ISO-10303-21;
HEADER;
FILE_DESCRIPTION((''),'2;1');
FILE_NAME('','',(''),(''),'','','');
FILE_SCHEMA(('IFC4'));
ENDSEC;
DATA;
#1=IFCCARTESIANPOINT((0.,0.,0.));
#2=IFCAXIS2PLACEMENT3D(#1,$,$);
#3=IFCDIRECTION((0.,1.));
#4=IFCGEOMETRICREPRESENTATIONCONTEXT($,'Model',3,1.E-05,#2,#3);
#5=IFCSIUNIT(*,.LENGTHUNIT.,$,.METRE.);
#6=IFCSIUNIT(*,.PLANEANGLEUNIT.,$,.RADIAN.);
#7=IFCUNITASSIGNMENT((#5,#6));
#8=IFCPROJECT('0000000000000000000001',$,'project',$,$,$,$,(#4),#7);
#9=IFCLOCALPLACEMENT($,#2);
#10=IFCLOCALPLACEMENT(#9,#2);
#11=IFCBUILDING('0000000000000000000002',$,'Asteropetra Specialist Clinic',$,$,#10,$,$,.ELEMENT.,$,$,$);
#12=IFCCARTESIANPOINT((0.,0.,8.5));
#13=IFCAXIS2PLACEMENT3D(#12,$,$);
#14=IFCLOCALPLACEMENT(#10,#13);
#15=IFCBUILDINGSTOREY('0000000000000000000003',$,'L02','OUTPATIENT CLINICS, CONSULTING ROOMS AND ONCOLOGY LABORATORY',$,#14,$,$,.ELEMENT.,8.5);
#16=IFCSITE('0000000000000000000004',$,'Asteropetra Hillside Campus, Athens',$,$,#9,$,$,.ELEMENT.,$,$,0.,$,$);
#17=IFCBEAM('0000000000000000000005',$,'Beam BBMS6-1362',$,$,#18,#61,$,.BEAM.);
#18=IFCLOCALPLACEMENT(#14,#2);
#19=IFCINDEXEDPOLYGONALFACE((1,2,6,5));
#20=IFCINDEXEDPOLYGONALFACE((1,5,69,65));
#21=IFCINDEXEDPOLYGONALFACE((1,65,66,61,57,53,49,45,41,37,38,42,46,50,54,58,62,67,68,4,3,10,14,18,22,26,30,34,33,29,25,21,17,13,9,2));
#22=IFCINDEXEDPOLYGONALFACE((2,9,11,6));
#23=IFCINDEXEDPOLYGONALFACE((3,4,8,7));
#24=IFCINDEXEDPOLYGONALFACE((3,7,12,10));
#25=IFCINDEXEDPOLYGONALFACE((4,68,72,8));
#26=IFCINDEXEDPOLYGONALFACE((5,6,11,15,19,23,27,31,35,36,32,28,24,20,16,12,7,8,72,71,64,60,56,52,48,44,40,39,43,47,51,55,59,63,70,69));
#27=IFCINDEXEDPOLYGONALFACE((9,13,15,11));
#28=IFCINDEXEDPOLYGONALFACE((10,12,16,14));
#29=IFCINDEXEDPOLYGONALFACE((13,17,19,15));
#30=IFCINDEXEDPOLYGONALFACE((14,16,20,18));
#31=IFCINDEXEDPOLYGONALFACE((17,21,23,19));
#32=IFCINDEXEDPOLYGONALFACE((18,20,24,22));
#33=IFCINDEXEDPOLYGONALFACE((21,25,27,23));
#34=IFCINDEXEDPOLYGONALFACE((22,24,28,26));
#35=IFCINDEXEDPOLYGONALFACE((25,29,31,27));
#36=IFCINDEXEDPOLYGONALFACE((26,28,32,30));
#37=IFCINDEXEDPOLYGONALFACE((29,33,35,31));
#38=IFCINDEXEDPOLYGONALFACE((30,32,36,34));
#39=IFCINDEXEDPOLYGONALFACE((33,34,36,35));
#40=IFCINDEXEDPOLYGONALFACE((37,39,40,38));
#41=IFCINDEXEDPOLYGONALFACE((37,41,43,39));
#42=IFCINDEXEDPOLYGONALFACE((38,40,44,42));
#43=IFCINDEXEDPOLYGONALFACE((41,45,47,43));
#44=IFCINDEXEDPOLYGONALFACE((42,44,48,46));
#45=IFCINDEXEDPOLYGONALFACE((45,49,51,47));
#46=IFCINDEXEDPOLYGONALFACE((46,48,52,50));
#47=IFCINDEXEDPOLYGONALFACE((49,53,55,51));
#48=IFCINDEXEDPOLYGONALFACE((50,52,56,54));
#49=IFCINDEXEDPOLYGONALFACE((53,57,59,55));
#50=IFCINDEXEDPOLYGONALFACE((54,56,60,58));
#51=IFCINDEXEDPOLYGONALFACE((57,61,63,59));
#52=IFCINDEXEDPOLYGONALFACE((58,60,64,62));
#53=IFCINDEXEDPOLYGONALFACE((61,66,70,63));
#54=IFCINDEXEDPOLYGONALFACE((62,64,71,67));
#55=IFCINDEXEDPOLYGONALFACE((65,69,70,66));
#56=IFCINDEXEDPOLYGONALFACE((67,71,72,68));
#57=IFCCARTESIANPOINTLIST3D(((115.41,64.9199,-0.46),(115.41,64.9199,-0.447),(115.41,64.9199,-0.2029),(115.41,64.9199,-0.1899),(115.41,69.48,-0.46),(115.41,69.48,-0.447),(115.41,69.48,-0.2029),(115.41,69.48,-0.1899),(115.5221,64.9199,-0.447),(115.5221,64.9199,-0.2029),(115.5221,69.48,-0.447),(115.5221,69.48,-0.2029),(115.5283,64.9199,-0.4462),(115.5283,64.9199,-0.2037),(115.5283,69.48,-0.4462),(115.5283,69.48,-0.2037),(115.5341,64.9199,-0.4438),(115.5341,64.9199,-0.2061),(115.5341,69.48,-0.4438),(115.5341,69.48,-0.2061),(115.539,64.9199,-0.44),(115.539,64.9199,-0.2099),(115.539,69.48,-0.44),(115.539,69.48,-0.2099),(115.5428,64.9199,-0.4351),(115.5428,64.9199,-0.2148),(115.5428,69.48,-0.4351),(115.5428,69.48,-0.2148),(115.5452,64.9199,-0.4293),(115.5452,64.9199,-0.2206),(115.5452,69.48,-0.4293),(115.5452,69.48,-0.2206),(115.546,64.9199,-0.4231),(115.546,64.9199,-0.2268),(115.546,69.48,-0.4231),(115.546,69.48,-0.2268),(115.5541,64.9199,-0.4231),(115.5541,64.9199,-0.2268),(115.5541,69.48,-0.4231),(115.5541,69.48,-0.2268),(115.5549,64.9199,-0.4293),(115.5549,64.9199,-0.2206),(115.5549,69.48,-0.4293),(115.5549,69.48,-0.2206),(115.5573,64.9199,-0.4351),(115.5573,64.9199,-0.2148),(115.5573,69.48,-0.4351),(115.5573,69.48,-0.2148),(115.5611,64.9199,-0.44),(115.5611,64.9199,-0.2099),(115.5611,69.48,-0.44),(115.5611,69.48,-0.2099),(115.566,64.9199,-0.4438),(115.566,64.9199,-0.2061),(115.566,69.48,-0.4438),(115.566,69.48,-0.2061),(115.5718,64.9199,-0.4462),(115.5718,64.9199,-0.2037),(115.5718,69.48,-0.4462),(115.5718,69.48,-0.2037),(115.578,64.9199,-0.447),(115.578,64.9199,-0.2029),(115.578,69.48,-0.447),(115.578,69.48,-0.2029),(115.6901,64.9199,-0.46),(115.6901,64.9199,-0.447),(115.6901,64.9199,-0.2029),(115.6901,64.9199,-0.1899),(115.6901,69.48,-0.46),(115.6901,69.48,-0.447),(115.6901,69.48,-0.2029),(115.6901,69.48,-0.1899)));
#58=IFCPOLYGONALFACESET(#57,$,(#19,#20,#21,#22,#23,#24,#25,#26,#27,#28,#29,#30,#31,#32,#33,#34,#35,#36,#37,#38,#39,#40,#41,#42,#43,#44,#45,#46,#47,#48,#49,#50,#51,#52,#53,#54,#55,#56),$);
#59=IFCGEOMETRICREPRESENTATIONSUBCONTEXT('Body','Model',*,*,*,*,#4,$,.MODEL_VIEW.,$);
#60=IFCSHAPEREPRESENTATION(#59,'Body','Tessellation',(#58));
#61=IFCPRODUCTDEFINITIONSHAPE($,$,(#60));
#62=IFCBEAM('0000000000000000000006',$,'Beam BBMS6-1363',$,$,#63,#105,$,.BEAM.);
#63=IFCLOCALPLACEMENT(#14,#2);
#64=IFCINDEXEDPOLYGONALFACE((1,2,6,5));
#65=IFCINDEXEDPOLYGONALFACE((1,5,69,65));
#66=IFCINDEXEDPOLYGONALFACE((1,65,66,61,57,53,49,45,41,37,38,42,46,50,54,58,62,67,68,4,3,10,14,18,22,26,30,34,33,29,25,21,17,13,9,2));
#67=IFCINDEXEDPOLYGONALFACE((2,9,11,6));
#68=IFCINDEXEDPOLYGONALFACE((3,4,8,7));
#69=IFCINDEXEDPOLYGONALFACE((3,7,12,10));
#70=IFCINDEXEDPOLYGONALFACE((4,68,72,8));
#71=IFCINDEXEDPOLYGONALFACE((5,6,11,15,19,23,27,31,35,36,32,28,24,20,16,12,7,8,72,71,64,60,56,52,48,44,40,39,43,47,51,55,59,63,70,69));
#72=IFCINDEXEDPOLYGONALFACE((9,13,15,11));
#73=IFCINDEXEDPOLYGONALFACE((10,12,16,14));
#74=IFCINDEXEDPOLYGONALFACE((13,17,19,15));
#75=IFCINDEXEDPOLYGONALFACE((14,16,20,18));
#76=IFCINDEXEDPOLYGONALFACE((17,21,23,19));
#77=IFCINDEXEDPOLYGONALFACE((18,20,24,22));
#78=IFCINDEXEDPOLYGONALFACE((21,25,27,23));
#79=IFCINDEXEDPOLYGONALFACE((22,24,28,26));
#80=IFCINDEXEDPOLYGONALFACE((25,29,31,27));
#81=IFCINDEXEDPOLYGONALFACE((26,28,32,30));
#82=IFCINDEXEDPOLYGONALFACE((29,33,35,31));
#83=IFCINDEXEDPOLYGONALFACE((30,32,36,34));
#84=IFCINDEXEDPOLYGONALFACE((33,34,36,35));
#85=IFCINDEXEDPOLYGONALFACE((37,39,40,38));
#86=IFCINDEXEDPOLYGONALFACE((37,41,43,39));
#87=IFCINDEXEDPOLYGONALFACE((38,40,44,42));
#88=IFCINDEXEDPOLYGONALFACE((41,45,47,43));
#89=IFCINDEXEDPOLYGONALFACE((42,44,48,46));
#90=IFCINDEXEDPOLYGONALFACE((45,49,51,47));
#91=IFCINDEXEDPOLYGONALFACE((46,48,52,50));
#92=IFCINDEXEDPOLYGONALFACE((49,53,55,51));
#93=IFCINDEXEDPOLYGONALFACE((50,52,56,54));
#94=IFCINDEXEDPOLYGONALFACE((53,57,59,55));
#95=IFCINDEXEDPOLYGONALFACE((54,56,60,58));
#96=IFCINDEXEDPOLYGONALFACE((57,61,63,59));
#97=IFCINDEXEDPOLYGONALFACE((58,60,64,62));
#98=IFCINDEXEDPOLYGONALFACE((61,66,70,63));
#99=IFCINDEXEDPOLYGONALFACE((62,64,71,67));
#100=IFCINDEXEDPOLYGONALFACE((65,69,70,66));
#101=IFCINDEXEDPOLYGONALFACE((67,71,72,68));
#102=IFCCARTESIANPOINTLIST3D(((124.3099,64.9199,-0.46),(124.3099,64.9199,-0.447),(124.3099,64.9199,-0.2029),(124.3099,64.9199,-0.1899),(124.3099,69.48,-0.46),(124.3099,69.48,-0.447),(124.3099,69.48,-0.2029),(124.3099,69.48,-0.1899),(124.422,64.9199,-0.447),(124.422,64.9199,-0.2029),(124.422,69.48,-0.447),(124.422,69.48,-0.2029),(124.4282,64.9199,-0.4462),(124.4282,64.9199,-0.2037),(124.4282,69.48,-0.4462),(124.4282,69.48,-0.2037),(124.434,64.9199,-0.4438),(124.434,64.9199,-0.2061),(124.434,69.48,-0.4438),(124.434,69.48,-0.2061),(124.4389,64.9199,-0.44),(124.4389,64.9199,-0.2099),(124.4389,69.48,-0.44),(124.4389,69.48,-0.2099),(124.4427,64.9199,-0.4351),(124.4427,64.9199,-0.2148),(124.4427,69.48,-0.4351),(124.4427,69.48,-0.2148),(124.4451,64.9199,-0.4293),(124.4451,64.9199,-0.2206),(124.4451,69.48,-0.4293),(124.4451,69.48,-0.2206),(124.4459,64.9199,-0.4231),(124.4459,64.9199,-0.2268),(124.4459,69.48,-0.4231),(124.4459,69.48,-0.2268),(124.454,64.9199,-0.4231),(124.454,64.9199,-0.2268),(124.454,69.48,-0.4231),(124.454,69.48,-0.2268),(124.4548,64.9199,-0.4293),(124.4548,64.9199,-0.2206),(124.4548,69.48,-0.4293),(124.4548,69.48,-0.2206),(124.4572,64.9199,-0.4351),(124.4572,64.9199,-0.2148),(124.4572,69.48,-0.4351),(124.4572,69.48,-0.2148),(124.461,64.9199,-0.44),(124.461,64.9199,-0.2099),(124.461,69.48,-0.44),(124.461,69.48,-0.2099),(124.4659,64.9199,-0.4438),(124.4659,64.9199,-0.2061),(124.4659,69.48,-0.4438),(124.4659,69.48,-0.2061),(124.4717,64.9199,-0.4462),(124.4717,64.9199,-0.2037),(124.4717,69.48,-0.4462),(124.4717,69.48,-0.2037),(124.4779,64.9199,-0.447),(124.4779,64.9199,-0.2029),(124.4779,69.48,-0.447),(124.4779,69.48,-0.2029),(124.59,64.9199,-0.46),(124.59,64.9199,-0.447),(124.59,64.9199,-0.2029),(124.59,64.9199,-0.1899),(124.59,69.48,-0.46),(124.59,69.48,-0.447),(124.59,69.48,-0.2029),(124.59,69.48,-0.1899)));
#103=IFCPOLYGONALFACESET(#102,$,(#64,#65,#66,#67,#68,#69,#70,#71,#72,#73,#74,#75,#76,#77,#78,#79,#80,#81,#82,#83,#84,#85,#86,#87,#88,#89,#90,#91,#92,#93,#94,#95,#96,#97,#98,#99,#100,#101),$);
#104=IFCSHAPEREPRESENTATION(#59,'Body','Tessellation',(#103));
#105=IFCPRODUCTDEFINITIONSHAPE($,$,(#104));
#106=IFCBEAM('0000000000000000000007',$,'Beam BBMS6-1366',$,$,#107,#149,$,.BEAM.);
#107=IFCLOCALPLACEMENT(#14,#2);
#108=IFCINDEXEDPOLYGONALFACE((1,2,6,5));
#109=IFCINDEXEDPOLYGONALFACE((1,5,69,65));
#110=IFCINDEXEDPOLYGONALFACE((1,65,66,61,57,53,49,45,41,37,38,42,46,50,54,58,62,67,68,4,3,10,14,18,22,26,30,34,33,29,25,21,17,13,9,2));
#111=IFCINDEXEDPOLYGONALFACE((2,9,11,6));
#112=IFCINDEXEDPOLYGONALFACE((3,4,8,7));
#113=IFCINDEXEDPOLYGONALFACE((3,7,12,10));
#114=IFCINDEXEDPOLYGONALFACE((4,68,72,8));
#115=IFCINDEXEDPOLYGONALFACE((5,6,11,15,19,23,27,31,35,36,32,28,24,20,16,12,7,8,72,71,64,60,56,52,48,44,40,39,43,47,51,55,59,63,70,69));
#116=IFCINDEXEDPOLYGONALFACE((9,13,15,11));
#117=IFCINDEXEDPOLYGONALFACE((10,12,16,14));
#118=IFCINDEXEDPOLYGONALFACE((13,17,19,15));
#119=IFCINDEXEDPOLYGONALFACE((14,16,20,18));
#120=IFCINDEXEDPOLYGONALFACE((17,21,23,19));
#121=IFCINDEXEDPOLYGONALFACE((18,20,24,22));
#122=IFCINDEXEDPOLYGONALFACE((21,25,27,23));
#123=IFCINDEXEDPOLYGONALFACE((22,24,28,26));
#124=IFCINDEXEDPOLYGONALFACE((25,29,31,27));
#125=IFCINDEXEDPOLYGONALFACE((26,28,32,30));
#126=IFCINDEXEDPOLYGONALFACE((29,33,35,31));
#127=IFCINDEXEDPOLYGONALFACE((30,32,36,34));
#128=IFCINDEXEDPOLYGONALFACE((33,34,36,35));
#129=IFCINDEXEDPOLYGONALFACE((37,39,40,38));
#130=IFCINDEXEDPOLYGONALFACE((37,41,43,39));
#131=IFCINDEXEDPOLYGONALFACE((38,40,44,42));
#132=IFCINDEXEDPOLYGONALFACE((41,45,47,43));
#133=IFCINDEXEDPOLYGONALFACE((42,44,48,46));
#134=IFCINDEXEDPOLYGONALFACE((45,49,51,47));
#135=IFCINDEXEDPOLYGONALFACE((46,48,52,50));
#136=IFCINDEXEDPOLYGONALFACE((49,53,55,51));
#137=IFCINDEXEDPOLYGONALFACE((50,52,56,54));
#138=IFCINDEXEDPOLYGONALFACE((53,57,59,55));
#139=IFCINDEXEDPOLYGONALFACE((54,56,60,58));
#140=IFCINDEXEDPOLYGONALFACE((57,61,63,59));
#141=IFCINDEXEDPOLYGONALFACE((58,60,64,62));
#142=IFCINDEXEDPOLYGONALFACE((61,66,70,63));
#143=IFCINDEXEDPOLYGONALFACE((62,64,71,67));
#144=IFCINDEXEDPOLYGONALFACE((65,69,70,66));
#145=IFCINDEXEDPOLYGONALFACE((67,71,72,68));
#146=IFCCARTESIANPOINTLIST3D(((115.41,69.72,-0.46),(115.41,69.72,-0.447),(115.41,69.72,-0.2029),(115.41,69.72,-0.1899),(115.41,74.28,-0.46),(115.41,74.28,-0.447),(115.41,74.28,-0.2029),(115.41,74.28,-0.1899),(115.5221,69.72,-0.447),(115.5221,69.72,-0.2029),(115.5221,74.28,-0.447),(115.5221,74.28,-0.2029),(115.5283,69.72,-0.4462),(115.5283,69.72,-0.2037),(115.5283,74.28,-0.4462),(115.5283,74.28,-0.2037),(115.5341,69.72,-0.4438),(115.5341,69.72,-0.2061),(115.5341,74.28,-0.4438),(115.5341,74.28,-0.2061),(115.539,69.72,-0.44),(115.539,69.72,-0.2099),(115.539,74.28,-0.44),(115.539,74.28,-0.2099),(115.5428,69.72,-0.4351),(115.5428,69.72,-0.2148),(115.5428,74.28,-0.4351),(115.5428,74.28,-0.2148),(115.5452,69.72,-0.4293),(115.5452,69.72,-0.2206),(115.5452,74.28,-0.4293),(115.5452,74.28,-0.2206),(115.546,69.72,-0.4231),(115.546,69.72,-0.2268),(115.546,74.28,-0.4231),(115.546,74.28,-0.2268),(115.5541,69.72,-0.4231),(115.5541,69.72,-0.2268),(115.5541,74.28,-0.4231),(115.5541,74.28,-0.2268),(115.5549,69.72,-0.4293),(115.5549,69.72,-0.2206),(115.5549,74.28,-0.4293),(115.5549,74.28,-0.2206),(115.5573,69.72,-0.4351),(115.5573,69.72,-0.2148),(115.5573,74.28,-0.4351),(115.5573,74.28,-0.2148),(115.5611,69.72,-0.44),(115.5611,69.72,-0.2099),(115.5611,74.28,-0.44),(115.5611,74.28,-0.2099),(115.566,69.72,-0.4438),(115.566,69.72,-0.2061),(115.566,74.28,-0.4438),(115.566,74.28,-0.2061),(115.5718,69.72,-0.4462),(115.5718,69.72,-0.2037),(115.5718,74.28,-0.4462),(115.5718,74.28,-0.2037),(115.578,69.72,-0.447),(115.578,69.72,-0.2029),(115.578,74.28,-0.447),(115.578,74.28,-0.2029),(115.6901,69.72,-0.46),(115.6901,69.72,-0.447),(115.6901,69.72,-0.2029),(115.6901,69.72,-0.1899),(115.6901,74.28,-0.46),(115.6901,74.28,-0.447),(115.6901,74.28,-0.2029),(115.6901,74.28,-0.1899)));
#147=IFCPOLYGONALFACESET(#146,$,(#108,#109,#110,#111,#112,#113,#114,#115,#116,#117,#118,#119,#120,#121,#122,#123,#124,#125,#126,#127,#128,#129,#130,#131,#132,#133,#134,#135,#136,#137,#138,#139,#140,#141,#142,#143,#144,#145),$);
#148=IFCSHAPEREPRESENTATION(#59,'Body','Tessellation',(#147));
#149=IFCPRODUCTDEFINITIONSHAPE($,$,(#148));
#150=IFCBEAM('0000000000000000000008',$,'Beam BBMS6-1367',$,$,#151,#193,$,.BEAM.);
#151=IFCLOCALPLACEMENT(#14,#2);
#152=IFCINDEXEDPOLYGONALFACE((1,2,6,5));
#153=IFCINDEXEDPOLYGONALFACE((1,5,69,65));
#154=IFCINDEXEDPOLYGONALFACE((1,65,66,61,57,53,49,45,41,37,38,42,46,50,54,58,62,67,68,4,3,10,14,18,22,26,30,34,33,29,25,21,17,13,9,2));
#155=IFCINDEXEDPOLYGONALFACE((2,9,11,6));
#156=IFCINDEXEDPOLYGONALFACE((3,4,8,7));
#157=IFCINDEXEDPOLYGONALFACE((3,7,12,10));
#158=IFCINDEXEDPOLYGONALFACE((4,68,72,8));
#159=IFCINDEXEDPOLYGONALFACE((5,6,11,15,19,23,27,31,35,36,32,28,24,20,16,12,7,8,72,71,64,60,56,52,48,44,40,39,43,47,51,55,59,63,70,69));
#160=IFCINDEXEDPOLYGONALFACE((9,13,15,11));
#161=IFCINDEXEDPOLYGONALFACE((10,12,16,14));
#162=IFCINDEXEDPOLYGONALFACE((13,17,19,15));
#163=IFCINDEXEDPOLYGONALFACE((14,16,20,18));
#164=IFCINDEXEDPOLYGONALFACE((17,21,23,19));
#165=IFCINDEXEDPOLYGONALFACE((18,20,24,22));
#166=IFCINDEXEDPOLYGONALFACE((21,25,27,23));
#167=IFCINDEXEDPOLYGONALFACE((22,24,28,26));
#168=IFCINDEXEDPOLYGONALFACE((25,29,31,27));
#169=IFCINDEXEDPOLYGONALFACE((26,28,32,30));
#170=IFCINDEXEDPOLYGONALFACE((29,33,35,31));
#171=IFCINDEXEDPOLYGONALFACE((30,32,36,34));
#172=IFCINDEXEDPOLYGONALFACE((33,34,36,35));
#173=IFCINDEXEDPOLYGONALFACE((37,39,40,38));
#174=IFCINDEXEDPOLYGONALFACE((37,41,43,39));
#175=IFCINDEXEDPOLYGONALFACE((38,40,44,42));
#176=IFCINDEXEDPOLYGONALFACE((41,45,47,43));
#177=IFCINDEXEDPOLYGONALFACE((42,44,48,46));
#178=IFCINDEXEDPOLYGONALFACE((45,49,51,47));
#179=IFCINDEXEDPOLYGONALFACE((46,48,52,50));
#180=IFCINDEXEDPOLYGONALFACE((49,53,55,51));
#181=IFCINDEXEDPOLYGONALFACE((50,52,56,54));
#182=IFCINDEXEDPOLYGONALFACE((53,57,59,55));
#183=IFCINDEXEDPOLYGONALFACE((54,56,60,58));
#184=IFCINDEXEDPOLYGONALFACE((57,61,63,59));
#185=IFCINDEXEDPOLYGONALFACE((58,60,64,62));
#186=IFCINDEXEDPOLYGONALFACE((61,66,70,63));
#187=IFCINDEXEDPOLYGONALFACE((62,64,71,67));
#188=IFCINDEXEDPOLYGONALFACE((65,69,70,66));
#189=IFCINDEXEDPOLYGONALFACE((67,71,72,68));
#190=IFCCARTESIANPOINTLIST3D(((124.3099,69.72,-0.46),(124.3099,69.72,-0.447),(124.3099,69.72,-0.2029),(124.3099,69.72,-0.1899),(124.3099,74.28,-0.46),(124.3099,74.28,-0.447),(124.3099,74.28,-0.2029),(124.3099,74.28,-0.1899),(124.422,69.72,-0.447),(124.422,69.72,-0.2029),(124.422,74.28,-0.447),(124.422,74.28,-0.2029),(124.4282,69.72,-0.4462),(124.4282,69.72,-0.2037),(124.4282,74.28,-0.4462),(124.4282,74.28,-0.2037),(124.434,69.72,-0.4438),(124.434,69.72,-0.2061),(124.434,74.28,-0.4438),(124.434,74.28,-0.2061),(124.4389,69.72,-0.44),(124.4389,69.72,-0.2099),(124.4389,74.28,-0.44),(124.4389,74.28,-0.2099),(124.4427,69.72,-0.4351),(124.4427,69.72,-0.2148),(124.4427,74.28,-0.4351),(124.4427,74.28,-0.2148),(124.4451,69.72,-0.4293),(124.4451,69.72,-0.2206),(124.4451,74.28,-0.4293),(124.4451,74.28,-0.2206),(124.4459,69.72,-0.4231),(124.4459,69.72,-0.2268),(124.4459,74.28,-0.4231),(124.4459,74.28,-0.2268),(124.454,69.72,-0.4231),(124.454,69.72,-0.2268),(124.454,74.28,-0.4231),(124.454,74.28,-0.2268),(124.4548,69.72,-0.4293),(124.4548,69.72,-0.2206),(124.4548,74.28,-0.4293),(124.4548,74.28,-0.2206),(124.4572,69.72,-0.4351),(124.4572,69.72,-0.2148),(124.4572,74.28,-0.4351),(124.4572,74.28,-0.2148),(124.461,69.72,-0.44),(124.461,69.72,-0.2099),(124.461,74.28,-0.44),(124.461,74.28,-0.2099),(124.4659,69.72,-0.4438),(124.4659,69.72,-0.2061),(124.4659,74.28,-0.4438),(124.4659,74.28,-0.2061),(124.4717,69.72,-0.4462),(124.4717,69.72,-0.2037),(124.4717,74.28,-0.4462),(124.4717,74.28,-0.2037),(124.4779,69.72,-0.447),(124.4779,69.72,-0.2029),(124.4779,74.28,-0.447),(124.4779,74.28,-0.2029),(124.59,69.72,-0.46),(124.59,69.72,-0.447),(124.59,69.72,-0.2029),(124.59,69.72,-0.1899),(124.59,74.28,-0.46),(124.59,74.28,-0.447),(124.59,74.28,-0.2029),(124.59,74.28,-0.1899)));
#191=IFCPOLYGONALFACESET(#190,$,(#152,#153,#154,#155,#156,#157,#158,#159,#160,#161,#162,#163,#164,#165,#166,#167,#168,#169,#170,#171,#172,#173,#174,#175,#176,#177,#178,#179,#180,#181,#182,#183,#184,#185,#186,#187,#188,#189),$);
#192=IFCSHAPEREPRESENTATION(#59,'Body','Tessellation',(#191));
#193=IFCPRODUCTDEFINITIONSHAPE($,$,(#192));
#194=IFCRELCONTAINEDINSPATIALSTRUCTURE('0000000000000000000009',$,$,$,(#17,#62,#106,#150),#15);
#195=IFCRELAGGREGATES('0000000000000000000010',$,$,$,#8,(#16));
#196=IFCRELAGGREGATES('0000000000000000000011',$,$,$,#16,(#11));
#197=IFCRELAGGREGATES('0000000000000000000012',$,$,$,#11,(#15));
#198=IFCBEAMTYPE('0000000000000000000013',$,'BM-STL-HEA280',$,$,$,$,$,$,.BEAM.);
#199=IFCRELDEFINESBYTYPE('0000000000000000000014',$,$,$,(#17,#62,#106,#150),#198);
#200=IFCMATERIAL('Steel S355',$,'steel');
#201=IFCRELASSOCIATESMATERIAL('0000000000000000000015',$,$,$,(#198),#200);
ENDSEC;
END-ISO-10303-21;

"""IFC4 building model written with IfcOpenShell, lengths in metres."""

from ifc_helpers import new_model, si_unit, direction, frame, origin, origin_2d, place, context, subcontext, project, spatial, i_section, extrude, material, material_profile, profile_set, type_object, element, save


model = new_model("IFC4")

# Units and contexts
model_context = context("Model", 3, precision=1e-05, world=origin(), true_north=direction((0.0, 1.0)))
body_context = subcontext(model_context, "Body", "Model", "MODEL_VIEW")
ifc_project = project(units=[si_unit("LENGTHUNIT", "METRE"), si_unit("PLANEANGLEUNIT", "RADIAN")], contexts=[model_context])

# Site, building, storey
site_placement = place(None, origin())
site = spatial("IfcSite", under=ifc_project, at=site_placement, Name="Asteropetra Hillside Campus, Athens", CompositionType="ELEMENT", RefElevation=0.0)
building_placement = place(site_placement, origin())
building = spatial("IfcBuilding", under=site, at=building_placement, Name="Asteropetra Specialist Clinic", CompositionType="ELEMENT")
storey_placement = place(building_placement, frame((0.0, 0.0, 8.5)))
storey = spatial("IfcBuildingStorey", under=building, at=storey_placement, Name="L02", Description="OUTPATIENT CLINICS, CONSULTING ROOMS AND ONCOLOGY LABORATORY", CompositionType="ELEMENT", Elevation=8.5)

# Beams
ifc_material_1 = material(Name="Steel S355", Category="steel")
ifc_material_profile_1 = material_profile(ifc_material_1, i_section(OverallWidth=0.28, OverallDepth=0.27, WebThickness=0.0081, FlangeThickness=0.0129, FilletRadius=0.0239, at=origin_2d()), Name="HEA 280")
ifc_profile_set_1 = profile_set([ifc_material_profile_1], Name="Steel S355")
beam_type_1 = type_object("IfcBeamType", Name="BM-STL-HEA280", PredefinedType="BEAM", material=ifc_profile_set_1)
for number, where, z_axis, x_axis, name in (
    (1, (115.55, 64.9199, -0.325), (0.0, 1.0, 0.0), (-1.0, 0.0, 0.0), "Beam BBMS6-1362"),
    (2, (124.45, 64.9199, -0.325), (0.0, 1.0, 0.0), (-1.0, 0.0, 0.0), "Beam BBMS6-1363"),
    (3, (115.55, 69.72, -0.325), (0.0, 1.0, 0.0), (-1.0, 0.0, 0.0), "Beam BBMS6-1366"),
    (4, (124.45, 69.72, -0.325), (0.0, 1.0, 0.0), (-1.0, 0.0, 0.0), "Beam BBMS6-1367"),
):
    element("IfcBeam", number, at=place(storey_placement, frame(where, z_axis=z_axis, x_axis=x_axis)), inside=storey, type_object=beam_type_1, Name=name, PredefinedType="BEAM", context=body_context, shape_type="SweptSolid", body=[
        extrude(i_section(OverallWidth=0.28, OverallDepth=0.27, WebThickness=0.0081, FlangeThickness=0.0129, FilletRadius=0.0239, at=origin_2d()), origin(), (0.0, 0.0, 1.0), 4.5601),
    ])

save(model, "model.ifc")
